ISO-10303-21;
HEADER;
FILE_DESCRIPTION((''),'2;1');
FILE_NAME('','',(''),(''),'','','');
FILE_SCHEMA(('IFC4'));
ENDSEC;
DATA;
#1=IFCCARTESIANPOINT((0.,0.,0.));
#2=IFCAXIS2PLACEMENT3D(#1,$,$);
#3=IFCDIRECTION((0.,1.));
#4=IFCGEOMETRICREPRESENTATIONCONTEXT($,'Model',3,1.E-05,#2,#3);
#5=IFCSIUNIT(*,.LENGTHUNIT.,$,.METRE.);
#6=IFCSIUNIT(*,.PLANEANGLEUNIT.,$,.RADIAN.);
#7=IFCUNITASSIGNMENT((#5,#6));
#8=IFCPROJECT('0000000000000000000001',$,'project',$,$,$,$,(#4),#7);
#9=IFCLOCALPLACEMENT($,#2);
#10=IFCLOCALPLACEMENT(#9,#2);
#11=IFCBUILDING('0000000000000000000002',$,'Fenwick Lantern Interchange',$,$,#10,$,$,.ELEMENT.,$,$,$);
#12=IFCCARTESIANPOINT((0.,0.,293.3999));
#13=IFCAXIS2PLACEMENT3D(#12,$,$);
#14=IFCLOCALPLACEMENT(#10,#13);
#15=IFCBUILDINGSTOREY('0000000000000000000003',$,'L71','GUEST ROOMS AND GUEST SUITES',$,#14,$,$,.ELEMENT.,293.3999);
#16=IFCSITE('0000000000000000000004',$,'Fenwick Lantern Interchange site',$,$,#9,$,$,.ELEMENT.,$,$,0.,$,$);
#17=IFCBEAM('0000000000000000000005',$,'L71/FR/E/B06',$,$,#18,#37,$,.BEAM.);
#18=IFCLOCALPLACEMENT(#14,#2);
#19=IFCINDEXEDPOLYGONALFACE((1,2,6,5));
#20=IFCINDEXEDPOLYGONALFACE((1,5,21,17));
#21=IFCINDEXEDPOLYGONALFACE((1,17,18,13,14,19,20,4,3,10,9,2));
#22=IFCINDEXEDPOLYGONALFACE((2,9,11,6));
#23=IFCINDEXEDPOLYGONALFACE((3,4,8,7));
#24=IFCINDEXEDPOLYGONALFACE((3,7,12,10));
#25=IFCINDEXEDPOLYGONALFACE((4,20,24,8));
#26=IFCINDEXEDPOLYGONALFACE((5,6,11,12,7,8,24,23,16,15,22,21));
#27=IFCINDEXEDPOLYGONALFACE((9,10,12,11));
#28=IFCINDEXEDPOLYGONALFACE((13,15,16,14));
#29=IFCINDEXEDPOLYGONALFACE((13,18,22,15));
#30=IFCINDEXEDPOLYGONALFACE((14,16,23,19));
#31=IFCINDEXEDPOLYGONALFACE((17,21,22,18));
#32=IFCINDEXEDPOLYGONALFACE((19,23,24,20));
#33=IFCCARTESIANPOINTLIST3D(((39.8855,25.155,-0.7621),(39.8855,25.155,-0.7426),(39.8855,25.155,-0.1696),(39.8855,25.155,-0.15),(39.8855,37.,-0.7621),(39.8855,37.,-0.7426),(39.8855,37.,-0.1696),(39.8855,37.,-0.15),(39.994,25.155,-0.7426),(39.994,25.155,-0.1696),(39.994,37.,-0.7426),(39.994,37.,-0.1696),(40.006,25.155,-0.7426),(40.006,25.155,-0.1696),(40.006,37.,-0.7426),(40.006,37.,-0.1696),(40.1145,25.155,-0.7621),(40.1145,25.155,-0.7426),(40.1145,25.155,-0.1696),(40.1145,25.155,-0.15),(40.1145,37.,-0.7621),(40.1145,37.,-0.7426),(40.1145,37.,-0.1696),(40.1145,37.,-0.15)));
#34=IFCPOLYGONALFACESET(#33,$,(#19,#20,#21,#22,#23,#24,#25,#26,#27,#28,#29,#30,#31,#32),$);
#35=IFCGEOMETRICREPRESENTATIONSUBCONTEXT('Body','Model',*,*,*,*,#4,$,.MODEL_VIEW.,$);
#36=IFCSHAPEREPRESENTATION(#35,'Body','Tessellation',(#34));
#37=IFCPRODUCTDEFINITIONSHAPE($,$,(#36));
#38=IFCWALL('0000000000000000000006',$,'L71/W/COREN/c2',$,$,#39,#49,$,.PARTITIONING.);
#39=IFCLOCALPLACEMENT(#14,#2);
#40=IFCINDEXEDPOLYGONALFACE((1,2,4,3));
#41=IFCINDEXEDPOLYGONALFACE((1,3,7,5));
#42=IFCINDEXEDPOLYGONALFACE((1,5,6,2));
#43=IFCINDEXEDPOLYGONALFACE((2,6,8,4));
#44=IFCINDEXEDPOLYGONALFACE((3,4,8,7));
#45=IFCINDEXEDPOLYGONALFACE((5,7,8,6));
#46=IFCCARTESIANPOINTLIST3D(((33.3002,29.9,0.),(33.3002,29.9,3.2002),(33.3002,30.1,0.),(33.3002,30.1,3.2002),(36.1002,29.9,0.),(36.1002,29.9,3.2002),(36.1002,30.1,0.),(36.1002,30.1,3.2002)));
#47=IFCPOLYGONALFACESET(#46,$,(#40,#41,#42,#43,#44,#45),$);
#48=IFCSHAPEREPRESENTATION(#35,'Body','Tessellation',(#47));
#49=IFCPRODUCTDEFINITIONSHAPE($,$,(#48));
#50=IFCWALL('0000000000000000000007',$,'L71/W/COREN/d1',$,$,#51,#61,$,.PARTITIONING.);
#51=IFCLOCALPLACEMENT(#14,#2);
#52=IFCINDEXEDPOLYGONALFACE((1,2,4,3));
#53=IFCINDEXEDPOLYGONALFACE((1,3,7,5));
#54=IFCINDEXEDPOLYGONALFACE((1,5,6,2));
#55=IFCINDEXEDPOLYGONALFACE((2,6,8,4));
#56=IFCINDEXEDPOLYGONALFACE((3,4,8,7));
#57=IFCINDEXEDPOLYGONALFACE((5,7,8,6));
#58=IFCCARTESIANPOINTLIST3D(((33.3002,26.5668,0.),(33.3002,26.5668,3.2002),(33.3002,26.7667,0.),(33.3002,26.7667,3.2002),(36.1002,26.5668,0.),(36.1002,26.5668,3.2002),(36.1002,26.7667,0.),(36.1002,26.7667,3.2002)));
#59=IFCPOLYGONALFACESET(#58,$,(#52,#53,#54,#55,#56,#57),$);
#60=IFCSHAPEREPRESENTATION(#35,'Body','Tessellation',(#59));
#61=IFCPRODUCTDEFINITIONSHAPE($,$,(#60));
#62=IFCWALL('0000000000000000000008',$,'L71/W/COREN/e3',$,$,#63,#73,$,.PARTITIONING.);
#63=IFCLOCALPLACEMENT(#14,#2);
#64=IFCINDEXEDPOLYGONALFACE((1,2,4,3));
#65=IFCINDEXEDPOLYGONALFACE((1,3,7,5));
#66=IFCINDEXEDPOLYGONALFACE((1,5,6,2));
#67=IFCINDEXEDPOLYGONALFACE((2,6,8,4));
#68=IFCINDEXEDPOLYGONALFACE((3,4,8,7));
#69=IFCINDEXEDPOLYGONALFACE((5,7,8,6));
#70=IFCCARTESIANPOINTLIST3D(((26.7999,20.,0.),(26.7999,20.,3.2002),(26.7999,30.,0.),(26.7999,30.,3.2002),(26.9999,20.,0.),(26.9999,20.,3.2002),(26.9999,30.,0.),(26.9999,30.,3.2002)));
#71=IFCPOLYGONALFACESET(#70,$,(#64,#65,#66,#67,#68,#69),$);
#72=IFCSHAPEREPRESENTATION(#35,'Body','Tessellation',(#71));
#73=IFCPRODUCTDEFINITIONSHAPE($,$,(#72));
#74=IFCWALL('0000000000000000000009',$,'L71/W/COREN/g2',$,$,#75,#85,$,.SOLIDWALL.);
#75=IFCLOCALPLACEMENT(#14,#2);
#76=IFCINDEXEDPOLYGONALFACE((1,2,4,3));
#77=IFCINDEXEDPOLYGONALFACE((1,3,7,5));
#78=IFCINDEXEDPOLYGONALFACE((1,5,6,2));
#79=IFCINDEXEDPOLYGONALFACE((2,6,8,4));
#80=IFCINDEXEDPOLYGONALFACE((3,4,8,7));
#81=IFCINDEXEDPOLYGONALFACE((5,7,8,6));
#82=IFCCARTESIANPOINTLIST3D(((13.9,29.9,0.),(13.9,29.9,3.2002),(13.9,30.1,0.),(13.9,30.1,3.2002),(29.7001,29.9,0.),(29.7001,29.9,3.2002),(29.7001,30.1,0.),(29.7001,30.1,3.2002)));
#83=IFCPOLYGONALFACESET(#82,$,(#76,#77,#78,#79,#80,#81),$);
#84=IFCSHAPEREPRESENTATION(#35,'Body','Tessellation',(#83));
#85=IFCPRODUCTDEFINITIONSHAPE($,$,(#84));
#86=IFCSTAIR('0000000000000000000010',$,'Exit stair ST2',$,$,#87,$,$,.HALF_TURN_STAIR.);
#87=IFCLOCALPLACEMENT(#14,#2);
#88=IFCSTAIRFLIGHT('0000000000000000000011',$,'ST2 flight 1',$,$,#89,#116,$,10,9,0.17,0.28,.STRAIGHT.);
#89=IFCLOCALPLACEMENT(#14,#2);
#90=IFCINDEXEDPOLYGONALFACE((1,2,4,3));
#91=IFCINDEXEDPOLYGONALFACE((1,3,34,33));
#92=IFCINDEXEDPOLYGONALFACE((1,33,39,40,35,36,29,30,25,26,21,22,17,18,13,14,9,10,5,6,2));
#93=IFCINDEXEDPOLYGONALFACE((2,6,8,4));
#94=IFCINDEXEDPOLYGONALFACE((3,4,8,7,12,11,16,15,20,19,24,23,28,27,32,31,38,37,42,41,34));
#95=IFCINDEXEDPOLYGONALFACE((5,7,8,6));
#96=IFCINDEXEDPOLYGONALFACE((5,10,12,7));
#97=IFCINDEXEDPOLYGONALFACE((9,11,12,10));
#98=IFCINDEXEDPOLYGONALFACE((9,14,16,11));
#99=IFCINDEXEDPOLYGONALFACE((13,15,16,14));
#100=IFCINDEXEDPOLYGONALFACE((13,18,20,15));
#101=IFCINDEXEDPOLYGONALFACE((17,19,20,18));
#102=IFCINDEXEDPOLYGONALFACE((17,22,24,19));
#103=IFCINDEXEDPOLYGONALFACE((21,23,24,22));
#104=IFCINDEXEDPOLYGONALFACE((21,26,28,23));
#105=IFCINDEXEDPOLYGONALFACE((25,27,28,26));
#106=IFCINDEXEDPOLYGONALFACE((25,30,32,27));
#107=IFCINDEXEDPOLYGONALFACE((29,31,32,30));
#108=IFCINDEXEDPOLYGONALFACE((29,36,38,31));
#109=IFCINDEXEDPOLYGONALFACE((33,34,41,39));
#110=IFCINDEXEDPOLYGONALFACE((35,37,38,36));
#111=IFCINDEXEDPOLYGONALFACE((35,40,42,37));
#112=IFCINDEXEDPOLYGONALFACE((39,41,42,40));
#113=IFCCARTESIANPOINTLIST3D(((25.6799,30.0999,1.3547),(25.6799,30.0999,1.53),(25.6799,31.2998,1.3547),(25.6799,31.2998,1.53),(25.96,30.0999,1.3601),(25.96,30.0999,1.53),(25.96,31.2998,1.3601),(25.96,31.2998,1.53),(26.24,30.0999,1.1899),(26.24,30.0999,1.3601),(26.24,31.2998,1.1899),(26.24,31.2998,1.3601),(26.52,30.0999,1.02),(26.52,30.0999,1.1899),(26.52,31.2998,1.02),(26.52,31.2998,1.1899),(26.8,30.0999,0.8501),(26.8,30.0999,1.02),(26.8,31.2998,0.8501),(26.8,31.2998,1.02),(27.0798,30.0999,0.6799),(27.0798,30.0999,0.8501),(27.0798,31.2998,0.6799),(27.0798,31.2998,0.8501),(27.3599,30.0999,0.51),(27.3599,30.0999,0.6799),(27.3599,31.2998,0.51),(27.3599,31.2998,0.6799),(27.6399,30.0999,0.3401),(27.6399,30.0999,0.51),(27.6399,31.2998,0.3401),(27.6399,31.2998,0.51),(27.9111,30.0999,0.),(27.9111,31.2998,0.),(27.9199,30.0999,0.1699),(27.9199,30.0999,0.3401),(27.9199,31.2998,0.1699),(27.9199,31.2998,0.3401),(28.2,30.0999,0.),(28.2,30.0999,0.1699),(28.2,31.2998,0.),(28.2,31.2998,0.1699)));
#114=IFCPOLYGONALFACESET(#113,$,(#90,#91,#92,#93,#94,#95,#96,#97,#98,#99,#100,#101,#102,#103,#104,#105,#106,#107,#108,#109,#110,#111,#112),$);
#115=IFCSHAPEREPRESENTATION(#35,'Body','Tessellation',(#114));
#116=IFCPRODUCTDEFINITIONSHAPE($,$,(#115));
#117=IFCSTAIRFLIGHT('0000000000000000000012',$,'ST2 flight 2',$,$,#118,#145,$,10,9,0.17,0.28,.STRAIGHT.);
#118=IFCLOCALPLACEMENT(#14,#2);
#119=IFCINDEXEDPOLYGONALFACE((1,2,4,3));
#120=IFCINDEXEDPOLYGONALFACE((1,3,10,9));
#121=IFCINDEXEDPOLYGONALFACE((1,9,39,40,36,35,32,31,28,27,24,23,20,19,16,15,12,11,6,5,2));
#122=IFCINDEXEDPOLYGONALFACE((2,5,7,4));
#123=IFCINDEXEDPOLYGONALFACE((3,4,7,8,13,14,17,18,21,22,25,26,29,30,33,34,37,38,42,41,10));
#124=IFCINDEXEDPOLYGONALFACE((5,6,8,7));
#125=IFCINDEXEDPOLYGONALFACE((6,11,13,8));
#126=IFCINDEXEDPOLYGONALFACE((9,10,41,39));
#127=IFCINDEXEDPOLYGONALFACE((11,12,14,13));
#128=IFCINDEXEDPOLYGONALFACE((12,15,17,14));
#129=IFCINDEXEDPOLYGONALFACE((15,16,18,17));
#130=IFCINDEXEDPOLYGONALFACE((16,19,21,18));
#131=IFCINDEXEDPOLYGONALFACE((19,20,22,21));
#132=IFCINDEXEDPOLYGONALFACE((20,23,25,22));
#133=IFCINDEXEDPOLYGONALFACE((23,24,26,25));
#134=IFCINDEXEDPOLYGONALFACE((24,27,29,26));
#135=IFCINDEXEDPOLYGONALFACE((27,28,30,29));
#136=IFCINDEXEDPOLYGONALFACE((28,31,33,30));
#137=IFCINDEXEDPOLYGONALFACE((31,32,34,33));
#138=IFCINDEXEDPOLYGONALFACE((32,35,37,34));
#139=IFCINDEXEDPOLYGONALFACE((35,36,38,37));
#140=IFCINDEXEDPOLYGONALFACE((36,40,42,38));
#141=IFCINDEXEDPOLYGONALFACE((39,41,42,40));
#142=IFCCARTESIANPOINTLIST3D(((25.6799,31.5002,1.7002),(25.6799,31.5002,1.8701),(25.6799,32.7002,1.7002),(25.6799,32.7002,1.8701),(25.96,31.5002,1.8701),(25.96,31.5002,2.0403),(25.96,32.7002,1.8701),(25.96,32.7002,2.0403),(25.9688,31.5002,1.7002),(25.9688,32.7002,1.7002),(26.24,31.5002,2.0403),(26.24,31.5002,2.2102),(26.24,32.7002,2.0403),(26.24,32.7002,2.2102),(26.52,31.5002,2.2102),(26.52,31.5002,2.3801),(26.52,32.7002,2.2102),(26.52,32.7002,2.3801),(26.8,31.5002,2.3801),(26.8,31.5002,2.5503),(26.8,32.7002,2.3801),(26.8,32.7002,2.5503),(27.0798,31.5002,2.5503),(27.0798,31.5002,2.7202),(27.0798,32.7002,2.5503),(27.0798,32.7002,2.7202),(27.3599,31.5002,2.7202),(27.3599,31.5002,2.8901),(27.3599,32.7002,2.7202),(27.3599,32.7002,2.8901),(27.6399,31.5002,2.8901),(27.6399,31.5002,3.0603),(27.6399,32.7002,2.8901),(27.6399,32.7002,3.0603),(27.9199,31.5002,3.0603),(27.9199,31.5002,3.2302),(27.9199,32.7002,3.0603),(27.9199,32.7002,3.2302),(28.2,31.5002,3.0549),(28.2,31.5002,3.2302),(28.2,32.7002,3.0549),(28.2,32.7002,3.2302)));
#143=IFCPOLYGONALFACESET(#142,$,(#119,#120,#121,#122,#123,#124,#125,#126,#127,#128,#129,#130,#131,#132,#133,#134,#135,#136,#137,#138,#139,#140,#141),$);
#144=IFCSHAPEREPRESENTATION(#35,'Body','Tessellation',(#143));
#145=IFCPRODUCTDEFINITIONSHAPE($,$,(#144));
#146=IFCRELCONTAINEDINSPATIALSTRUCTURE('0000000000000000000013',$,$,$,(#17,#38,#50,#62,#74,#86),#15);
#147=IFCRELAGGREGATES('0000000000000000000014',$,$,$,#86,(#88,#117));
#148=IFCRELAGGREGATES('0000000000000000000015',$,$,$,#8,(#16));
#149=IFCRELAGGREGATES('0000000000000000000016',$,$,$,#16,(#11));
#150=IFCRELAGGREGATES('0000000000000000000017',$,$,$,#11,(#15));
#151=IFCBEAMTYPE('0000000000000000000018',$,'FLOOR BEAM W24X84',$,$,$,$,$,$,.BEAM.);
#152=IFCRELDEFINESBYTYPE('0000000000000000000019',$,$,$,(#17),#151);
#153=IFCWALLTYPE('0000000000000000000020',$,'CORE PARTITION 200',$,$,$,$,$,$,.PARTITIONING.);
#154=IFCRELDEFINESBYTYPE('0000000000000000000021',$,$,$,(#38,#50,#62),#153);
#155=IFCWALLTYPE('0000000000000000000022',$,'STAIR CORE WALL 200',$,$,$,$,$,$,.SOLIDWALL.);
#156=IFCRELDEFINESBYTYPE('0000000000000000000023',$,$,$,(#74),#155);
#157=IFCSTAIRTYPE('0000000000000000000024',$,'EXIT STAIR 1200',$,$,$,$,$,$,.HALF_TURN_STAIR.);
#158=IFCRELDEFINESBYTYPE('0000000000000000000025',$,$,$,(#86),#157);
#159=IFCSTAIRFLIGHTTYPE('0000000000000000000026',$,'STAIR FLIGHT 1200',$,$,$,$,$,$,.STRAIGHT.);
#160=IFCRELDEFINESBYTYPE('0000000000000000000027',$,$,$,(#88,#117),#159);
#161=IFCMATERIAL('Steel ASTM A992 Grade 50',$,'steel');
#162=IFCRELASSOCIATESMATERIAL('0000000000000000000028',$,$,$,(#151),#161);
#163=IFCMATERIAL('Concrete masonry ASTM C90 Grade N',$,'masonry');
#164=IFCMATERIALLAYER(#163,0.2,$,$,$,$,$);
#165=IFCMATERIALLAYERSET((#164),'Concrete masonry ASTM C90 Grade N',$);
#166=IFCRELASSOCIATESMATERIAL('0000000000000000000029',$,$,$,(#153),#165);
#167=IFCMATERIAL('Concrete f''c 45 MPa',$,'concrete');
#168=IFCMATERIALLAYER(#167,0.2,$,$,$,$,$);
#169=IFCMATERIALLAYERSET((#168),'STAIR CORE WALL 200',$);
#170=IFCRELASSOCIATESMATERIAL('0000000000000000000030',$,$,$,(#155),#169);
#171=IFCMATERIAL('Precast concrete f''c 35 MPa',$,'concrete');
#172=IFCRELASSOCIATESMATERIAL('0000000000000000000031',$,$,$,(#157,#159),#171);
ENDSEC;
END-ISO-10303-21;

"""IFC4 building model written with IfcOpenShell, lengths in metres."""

from ifc_helpers import new_model, si_unit, direction, frame, frame_2d, origin, origin_2d, place, context, subcontext, project, spatial, polyline, rectangle, i_section, outline, extrude, material, layer, layer_set, material_profile, profile_set, type_object, element, aggregate, save


model = new_model("IFC4")

# Units and contexts
model_context = context("Model", 3, precision=1e-05, world=origin(), true_north=direction((0.0, 1.0)))
body_context = subcontext(model_context, "Body", "Model", "MODEL_VIEW")
ifc_project = project(units=[si_unit("LENGTHUNIT", "METRE"), si_unit("PLANEANGLEUNIT", "RADIAN")], contexts=[model_context])

# Site, building, storey
site_placement = place(None, origin())
site = spatial("IfcSite", under=ifc_project, at=site_placement, Name="Fenwick Lantern Interchange site", CompositionType="ELEMENT", RefElevation=0.0)
building_placement = place(site_placement, origin())
building = spatial("IfcBuilding", under=site, at=building_placement, Name="Fenwick Lantern Interchange", CompositionType="ELEMENT")
storey_placement = place(building_placement, frame((0.0, 0.0, 293.3999)))
storey = spatial("IfcBuildingStorey", under=building, at=storey_placement, Name="L71", Description="GUEST ROOMS AND GUEST SUITES", CompositionType="ELEMENT", Elevation=293.3999)

# Beam
ifc_material_1 = material(Name="Steel ASTM A992 Grade 50", Category="steel")
ifc_material_profile = material_profile(ifc_material_1, i_section(OverallWidth=0.229, OverallDepth=0.6121, WebThickness=0.012, FlangeThickness=0.0195, at=origin_2d()), Name="W24X84")
ifc_profile_set = profile_set([ifc_material_profile], Name="Steel ASTM A992 Grade 50")
beam_type = type_object("IfcBeamType", Name="FLOOR BEAM W24X84", PredefinedType="BEAM", material=ifc_profile_set)
beam_placement = place(storey_placement, frame((40.0, 25.155, -0.4561), z_axis=(0.0, 1.0, 0.0), x_axis=(-1.0, 0.0, 0.0)))
element("IfcBeam", 1, at=beam_placement, inside=storey, type_object=beam_type, Name="L71/FR/E/B06", PredefinedType="BEAM", context=body_context, shape_type="SweptSolid", body=[
    extrude(i_section(OverallWidth=0.229, OverallDepth=0.6121, WebThickness=0.012, FlangeThickness=0.0195, at=origin_2d()), origin(), (0.0, 0.0, 1.0), 11.845),
])

# Walls
ifc_material_2 = material(Name="Concrete masonry ASTM C90 Grade N", Category="masonry")
ifc_layer_1 = layer(ifc_material_2, 0.2)
ifc_layer_set_1 = layer_set([ifc_layer_1], Name="Concrete masonry ASTM C90 Grade N")
wall_type_1 = type_object("IfcWallType", Name="CORE PARTITION 200", PredefinedType="PARTITIONING", material=ifc_layer_set_1)
for number, where, z_axis, x_axis, name in (
    (2, (36.1001, 30.0, 0.0), (0.0, 0.0, 1.0), (-1.0, 0.0, 0.0), "L71/W/COREN/c2"),
    (3, (36.1001, 26.6667, 0.0), (0.0, 0.0, 1.0), (-1.0, 0.0, 0.0), "L71/W/COREN/d1"),
):
    element("IfcWall", number, at=place(storey_placement, frame(where, z_axis=z_axis, x_axis=x_axis)), inside=storey, type_object=wall_type_1, Name=name, PredefinedType="PARTITIONING", context=body_context, shape_type="SweptSolid", body=[
        extrude(rectangle(XDim=2.8, YDim=0.2, at=frame_2d((1.3999, 0.0))), origin(), (0.0, 0.0, 1.0), 3.2002),
    ])
wall_1_placement = place(storey_placement, frame((26.8999, 30.0, 0.0), z_axis=(0.0, 0.0, 1.0), x_axis=(0.0, -1.0, 0.0)))
element("IfcWall", 4, at=wall_1_placement, inside=storey, type_object=wall_type_1, Name="L71/W/COREN/e3", PredefinedType="PARTITIONING", context=body_context, shape_type="SweptSolid", body=[
    extrude(rectangle(XDim=10.0, YDim=0.2, at=frame_2d((5.0, 0.0))), origin(), (0.0, 0.0, 1.0), 3.2002),
])
ifc_material_3 = material(Name="Concrete f'c 45 MPa", Category="concrete")
ifc_layer_2 = layer(ifc_material_3, 0.2)
ifc_layer_set_2 = layer_set([ifc_layer_2], Name="STAIR CORE WALL 200")
wall_type_2 = type_object("IfcWallType", Name="STAIR CORE WALL 200", PredefinedType="SOLIDWALL", material=ifc_layer_set_2)
wall_2_placement = place(storey_placement, frame((29.7, 30.0, 0.0), z_axis=(0.0, 0.0, 1.0), x_axis=(-1.0, 0.0, 0.0)))
element("IfcWall", 5, at=wall_2_placement, inside=storey, type_object=wall_type_2, Name="L71/W/COREN/g2", PredefinedType="SOLIDWALL", context=body_context, shape_type="SweptSolid", body=[
    extrude(rectangle(XDim=15.8, YDim=0.2, at=frame_2d((7.8999, 0.0))), origin(), (0.0, 0.0, 1.0), 3.2002),
])

# Stair, stair flights
ifc_material_4 = material(Name="Precast concrete f'c 35 MPa", Category="concrete")
stair_type = type_object("IfcStairType", Name="EXIT STAIR 1200", PredefinedType="HALF_TURN_STAIR", material=ifc_material_4)
stair_placement = place(storey_placement, origin())
stair = element("IfcStair", 6, at=stair_placement, inside=storey, type_object=stair_type, Name="Exit stair ST2", PredefinedType="HALF_TURN_STAIR")
stair_flight_type = type_object("IfcStairFlightType", Name="STAIR FLIGHT 1200", PredefinedType="STRAIGHT", material=ifc_material_4)
stair_flight_1_placement = place(storey_placement, frame((28.2, 30.7, 0.0), z_axis=(0.0, 0.0, 1.0), x_axis=(-1.0, 0.0, 0.0)))
stair_flight_1 = element("IfcStairFlight", 7, at=stair_flight_1_placement, type_object=stair_flight_type, Name="ST2 flight 1", NumberOfRisers=10, NumberOfTreads=9, PredefinedType="STRAIGHT", RiserHeight=0.17, TreadLength=0.28, context=body_context, shape_type="SweptSolid", body=[
    extrude(outline(polyline([(0.0, 0.0), (0.0, 0.1699), (0.28, 0.1699), (0.28, 0.3401), (0.5601, 0.3401), (0.5601, 0.51), (0.8401, 0.51), (0.8401, 0.6799), (1.1201, 0.6799), (1.1201, 0.8501), (1.3999, 0.8501), (1.3999, 1.02), (1.6799, 1.02), (1.6799, 1.1899), (1.96, 1.1899), (1.96, 1.3601), (2.24, 1.3601), (2.24, 1.53), (2.52, 1.53), (2.52, 1.7), (2.52, 1.3547), (0.2888, 0.0), (0.0, 0.0)])), frame((0.0, 0.6001, 0.0), z_axis=(0.0, -1.0, 0.0), x_axis=(1.0, 0.0, 0.0)), (0.0, 0.0, 1.0), 1.2),
])
stair_flight_2_placement = place(storey_placement, frame((25.6799, 32.1001, 1.7002), z_axis=(0.0, 0.0, 1.0), x_axis=(1.0, 0.0, 0.0)))
stair_flight_2 = element("IfcStairFlight", 8, at=stair_flight_2_placement, type_object=stair_flight_type, Name="ST2 flight 2", NumberOfRisers=10, NumberOfTreads=9, PredefinedType="STRAIGHT", RiserHeight=0.17, TreadLength=0.28, context=body_context, shape_type="SweptSolid", body=[
    extrude(outline(polyline([(0.0, 0.0), (0.0, 0.1699), (0.28, 0.1699), (0.28, 0.3401), (0.5601, 0.3401), (0.5601, 0.51), (0.8401, 0.51), (0.8401, 0.6799), (1.1201, 0.6799), (1.1201, 0.8501), (1.3999, 0.8501), (1.3999, 1.02), (1.6799, 1.02), (1.6799, 1.1899), (1.96, 1.1899), (1.96, 1.3601), (2.24, 1.3601), (2.24, 1.53), (2.52, 1.53), (2.52, 1.7), (2.52, 1.3547), (0.2888, 0.0), (0.0, 0.0)])), frame((0.0, 0.6001, 0.0), z_axis=(0.0, -1.0, 0.0), x_axis=(1.0, 0.0, 0.0)), (0.0, 0.0, 1.0), 1.2),
])
aggregate(stair, [stair_flight_1, stair_flight_2])

save(model, "model.ifc")
